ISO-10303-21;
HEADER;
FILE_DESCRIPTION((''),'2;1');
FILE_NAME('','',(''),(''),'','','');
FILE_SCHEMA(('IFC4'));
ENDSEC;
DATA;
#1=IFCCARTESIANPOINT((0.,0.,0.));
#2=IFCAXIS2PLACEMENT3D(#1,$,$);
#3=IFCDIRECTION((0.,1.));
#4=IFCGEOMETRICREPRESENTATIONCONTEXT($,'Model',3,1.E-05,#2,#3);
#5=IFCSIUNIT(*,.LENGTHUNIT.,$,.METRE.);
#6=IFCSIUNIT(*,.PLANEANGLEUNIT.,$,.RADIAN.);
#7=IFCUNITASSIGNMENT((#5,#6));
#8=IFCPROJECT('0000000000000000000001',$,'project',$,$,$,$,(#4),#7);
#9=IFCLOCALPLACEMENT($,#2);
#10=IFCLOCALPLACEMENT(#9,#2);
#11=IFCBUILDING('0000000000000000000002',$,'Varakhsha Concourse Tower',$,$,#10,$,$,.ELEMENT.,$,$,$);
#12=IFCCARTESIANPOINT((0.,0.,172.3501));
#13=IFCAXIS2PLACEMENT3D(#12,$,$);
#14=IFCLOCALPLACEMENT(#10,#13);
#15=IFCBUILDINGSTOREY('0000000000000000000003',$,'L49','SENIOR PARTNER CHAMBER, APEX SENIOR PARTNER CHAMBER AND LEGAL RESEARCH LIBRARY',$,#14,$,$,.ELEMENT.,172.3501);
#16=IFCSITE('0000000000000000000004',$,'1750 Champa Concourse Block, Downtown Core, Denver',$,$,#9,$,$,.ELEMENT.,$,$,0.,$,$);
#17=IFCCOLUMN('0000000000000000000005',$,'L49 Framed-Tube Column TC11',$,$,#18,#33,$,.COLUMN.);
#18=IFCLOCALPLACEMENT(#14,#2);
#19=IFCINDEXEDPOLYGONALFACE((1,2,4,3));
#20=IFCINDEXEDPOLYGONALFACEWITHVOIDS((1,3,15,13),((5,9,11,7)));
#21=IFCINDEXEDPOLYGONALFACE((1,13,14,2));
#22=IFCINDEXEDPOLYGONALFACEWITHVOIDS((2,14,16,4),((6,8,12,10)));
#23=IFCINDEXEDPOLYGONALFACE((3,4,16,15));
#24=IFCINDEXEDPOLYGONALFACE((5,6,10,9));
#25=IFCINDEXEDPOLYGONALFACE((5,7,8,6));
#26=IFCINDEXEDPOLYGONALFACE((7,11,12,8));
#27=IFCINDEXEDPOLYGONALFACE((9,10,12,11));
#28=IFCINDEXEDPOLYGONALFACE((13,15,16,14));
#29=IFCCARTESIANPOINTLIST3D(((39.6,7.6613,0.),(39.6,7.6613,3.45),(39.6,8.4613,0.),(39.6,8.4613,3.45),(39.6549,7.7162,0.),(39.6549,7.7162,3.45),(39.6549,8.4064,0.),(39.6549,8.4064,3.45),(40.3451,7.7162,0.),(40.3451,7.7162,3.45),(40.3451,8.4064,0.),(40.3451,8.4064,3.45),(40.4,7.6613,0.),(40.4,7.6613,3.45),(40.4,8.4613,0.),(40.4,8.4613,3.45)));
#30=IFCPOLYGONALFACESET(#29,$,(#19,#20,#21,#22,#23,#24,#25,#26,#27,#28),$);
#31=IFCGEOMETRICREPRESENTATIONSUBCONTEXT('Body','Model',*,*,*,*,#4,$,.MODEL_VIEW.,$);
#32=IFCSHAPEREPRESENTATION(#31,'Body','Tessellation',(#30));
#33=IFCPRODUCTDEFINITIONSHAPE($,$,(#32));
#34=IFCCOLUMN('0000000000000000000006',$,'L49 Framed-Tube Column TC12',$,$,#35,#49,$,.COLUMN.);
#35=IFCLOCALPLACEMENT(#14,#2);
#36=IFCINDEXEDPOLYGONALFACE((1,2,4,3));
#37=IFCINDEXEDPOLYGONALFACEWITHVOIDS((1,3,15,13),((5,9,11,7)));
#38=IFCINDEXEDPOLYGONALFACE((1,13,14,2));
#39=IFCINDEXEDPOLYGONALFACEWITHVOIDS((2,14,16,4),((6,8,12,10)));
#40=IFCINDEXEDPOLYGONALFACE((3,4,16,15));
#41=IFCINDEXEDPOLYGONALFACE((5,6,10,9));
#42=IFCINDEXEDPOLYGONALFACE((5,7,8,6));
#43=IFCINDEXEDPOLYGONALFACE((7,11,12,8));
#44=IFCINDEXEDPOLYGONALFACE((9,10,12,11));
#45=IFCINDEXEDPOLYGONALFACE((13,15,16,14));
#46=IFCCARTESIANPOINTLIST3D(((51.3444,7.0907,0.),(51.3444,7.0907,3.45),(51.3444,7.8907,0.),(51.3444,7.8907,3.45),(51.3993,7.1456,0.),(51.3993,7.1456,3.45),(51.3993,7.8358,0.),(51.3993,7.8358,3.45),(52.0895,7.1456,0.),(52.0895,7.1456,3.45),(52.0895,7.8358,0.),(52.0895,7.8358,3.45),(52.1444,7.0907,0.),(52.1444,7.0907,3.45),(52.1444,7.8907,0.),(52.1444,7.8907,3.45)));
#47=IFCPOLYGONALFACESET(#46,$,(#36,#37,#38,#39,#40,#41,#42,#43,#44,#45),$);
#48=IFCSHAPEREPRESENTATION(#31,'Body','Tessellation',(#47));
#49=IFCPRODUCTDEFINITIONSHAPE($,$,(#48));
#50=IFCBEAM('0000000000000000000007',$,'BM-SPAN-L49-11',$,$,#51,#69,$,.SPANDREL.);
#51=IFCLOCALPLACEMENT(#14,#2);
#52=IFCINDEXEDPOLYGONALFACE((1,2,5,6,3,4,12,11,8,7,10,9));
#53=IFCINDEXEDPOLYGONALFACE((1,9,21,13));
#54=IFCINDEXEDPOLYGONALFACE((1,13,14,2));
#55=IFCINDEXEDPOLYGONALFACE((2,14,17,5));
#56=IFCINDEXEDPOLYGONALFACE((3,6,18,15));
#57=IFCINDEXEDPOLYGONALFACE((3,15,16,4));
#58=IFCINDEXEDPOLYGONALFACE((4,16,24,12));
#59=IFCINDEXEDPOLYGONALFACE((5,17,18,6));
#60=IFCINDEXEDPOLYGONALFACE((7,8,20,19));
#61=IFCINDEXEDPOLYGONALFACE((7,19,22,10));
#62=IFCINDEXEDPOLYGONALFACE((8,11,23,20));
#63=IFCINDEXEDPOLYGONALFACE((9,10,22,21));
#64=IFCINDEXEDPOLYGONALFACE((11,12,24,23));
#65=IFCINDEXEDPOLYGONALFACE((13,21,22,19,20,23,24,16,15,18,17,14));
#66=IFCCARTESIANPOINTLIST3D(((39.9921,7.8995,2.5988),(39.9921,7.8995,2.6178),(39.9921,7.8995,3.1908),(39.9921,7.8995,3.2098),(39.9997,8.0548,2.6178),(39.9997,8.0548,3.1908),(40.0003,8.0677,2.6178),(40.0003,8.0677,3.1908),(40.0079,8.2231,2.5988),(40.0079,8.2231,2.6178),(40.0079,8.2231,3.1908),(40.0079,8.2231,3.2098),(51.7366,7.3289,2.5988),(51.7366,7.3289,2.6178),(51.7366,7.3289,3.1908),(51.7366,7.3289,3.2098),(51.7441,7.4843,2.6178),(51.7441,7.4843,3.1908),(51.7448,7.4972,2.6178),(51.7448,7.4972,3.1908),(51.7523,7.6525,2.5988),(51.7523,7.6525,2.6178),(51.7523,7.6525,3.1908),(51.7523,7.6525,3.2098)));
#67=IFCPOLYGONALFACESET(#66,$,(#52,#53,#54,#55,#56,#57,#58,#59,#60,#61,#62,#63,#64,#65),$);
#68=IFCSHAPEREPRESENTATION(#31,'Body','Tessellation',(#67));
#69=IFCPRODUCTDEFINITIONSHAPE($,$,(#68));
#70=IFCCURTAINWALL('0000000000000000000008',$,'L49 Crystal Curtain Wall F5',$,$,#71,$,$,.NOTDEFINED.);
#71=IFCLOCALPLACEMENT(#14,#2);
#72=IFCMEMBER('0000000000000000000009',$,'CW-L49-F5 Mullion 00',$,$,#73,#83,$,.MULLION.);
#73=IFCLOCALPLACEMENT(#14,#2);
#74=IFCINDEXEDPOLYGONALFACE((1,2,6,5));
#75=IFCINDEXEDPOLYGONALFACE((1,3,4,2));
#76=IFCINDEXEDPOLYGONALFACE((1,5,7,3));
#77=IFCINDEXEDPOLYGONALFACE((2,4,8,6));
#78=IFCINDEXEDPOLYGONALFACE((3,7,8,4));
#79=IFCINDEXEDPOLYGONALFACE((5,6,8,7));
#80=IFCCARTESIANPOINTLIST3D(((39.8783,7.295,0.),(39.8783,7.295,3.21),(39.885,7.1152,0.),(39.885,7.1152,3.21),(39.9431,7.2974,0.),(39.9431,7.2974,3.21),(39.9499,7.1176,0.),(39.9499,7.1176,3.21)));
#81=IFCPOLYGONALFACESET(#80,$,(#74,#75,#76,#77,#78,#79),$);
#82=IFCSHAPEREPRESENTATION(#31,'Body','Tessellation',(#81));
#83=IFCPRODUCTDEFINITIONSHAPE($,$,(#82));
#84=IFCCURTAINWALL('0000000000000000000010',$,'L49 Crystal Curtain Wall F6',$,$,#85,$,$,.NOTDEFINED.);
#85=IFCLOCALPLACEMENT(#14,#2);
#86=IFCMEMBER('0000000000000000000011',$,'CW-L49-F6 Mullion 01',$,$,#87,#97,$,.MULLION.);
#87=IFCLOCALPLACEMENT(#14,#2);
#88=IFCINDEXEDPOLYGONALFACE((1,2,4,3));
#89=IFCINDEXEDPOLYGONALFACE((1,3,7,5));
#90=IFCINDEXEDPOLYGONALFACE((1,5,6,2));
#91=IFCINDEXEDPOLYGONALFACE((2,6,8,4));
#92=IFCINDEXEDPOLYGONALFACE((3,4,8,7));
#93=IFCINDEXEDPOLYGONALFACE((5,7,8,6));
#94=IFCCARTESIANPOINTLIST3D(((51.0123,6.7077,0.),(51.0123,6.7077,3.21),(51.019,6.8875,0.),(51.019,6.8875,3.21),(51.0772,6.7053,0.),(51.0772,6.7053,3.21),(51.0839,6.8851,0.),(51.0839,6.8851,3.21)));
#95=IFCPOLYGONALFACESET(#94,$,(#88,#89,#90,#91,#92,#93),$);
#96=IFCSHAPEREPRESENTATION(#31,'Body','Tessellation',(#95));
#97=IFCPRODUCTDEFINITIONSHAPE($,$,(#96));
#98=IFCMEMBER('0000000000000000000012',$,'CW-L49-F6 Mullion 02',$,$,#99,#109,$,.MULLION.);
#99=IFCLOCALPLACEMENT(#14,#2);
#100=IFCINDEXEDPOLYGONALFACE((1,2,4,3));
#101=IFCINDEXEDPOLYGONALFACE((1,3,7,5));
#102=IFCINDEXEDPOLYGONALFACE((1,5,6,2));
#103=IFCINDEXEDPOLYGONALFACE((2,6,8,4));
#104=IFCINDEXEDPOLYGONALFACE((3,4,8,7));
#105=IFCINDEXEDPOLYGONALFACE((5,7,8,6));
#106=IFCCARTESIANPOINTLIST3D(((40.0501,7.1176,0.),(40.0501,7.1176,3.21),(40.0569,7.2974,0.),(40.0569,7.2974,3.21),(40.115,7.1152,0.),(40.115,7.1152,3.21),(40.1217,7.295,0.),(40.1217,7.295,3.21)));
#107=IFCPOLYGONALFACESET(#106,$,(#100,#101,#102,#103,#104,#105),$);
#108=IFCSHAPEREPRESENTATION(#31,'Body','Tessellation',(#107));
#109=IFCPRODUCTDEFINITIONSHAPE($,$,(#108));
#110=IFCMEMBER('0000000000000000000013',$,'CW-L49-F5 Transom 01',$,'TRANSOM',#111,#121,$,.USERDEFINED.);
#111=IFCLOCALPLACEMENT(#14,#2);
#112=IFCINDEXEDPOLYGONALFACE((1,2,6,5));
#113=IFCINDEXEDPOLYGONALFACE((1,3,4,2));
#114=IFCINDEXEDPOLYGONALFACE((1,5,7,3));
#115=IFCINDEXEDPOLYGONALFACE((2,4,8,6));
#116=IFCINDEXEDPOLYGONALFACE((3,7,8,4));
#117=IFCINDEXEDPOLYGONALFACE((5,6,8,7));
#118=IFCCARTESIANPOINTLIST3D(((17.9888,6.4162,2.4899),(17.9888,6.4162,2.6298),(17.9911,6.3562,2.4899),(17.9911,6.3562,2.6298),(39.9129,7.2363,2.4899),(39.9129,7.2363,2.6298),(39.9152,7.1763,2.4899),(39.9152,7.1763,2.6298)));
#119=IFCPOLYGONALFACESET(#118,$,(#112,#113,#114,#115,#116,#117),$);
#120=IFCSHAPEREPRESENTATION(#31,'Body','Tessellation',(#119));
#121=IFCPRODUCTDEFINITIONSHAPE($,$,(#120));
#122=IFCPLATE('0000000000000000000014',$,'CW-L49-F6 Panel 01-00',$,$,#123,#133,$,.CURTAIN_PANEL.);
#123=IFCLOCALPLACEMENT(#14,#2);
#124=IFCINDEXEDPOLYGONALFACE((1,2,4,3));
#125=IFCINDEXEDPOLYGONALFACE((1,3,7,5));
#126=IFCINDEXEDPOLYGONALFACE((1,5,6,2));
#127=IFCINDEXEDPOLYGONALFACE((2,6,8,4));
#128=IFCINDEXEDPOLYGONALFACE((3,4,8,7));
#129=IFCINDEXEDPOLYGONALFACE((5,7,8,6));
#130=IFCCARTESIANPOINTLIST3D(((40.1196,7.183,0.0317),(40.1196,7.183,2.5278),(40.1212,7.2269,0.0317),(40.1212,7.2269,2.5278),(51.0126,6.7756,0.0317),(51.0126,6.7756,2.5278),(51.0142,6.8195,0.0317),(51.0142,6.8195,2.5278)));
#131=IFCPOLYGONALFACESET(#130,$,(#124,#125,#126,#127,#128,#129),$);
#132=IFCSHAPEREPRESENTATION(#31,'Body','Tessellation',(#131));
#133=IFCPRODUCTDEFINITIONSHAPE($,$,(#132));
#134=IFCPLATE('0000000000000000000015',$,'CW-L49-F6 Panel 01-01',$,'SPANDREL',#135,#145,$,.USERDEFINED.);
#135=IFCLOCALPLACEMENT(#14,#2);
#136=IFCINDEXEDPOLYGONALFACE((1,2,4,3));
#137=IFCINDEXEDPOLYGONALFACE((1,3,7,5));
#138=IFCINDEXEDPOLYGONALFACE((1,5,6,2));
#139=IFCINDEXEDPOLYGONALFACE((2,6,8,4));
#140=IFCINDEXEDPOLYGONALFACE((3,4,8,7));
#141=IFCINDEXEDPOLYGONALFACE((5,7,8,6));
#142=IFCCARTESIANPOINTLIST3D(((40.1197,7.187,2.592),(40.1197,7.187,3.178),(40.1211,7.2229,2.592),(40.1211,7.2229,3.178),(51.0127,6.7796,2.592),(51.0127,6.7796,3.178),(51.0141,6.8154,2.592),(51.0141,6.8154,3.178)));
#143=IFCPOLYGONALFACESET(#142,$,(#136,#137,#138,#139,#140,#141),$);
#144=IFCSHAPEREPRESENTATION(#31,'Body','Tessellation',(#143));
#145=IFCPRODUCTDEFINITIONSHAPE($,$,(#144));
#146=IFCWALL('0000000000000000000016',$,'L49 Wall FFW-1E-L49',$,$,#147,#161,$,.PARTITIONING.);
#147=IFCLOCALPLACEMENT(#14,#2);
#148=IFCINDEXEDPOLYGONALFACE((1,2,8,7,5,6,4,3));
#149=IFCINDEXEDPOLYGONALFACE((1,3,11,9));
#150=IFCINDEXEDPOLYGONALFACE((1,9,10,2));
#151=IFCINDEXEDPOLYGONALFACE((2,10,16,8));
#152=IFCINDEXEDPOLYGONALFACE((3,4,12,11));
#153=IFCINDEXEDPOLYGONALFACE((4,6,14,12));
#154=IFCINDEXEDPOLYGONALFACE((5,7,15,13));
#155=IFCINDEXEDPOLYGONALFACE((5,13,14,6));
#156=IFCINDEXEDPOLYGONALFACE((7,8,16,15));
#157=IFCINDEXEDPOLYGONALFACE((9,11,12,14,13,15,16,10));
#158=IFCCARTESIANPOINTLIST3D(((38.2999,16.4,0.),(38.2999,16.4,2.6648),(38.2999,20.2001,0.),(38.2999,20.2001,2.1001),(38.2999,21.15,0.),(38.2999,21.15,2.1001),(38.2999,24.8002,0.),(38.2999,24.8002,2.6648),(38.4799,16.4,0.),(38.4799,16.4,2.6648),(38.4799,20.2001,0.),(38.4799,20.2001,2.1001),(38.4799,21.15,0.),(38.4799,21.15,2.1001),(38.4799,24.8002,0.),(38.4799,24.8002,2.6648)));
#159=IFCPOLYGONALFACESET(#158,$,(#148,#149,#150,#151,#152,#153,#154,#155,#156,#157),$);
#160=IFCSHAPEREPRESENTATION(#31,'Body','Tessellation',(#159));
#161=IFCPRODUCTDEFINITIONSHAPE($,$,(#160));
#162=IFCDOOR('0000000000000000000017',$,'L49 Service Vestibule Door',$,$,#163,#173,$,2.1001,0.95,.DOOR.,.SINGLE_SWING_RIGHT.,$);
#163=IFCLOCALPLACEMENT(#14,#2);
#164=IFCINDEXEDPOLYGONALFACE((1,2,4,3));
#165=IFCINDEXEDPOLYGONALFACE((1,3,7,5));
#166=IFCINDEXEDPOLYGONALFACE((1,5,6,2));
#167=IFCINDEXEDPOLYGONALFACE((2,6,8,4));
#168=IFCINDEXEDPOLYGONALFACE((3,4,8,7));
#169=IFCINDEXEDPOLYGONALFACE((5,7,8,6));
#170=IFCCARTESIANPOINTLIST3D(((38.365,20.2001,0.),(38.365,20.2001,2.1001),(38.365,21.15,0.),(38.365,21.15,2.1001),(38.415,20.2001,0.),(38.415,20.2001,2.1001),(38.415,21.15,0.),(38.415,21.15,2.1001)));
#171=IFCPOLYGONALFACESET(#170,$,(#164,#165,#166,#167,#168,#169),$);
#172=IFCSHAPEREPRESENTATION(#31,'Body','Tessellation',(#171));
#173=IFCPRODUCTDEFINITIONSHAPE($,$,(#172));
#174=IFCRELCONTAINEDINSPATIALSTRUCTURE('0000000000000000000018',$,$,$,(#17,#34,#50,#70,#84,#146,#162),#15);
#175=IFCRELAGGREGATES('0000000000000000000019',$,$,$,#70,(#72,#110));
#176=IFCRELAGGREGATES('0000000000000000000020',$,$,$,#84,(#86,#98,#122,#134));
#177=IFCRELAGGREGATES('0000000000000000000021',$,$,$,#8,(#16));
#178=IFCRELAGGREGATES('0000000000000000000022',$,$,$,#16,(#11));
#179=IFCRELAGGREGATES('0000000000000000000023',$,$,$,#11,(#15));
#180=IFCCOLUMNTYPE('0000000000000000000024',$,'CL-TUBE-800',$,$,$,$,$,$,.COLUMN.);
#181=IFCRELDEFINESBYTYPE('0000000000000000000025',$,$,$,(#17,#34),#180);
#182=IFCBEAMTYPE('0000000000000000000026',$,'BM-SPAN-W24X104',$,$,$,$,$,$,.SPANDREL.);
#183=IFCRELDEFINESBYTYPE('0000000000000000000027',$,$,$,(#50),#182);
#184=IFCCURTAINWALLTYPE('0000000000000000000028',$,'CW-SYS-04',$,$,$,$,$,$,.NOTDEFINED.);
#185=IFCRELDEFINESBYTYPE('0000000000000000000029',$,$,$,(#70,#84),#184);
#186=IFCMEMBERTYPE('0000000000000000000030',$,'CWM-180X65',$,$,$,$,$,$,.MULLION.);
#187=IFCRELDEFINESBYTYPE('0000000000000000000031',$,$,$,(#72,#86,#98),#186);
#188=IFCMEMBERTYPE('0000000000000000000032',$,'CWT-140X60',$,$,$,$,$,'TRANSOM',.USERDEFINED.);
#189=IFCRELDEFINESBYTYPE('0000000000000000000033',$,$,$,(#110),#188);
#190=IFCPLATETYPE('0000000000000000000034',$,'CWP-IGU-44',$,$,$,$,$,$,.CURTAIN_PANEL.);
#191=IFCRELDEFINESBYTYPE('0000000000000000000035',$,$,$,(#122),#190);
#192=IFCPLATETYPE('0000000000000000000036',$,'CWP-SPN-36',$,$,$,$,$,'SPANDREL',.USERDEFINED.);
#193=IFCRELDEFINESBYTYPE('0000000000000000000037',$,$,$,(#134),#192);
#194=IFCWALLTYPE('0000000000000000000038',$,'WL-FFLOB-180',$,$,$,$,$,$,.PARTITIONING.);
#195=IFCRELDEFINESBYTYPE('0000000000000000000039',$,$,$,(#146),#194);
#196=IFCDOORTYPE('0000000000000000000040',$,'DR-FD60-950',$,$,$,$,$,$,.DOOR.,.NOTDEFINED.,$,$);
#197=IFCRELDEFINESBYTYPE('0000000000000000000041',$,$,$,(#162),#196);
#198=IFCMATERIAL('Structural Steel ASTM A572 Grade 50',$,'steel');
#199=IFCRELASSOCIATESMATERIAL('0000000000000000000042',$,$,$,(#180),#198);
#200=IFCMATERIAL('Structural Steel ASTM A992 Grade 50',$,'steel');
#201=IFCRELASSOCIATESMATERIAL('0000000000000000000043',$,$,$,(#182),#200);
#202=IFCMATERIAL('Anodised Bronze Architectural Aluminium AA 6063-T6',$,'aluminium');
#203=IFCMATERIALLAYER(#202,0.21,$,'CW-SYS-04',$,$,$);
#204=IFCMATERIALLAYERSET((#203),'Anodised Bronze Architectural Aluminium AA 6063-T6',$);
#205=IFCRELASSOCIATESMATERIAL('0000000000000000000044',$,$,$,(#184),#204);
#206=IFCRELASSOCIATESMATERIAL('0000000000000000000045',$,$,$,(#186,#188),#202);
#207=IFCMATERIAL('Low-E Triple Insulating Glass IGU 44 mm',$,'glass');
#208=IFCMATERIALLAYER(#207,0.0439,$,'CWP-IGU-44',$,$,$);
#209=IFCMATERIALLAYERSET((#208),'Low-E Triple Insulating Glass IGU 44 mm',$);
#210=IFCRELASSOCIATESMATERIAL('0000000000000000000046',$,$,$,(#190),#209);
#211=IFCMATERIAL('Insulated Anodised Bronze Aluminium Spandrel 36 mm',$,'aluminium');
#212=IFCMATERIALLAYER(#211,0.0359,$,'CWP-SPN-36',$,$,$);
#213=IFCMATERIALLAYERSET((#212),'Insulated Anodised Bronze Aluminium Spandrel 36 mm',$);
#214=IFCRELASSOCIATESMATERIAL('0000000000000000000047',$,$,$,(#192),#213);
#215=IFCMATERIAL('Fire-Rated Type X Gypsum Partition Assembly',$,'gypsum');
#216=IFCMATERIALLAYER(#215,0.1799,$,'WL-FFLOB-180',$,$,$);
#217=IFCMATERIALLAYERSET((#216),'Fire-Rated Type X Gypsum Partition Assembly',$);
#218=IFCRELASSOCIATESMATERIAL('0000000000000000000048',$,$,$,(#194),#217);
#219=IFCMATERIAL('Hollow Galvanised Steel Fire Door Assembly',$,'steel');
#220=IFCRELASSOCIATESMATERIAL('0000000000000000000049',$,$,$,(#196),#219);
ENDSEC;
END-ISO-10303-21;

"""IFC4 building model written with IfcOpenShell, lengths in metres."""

from ifc_helpers import new_model, si_unit, direction, frame, frame_2d, origin, origin_2d, place, context, subcontext, project, spatial, rectangle, hollow_rectangle, i_section, extrude, source, transform, mapped, material, layer, layer_set, material_profile, profile_set, type_object, type_shapes, element, fill, aggregate, save


model = new_model("IFC4")

# Units and contexts
model_context = context("Model", 3, precision=1e-05, world=origin(), true_north=direction((0.0, 1.0)))
body_context = subcontext(model_context, "Body", "Model", "MODEL_VIEW")
ifc_project = project(units=[si_unit("LENGTHUNIT", "METRE"), si_unit("PLANEANGLEUNIT", "RADIAN")], contexts=[model_context])

# Site, building, storey
site_placement = place(None, origin())
site = spatial("IfcSite", under=ifc_project, at=site_placement, Name="1750 Champa Concourse Block, Downtown Core, Denver", CompositionType="ELEMENT", RefElevation=0.0)
building_placement = place(site_placement, origin())
building = spatial("IfcBuilding", under=site, at=building_placement, Name="Varakhsha Concourse Tower", CompositionType="ELEMENT")
storey_placement = place(building_placement, frame((0.0, 0.0, 172.3501)))
storey = spatial("IfcBuildingStorey", under=building, at=storey_placement, Name="L49", Description="SENIOR PARTNER CHAMBER, APEX SENIOR PARTNER CHAMBER AND LEGAL RESEARCH LIBRARY", CompositionType="ELEMENT", Elevation=172.3501)

# Columns
ifc_material_1 = material(Name="Structural Steel ASTM A572 Grade 50", Category="steel")
ifc_material_profile_1 = material_profile(ifc_material_1, hollow_rectangle(XDim=0.8, YDim=0.8, WallThickness=0.0549, at=origin_2d()), Name="BOX 800x800x55")
ifc_profile_set_1 = profile_set([ifc_material_profile_1], Name="Structural Steel ASTM A572 Grade 50")
column_type = type_object("IfcColumnType", Name="CL-TUBE-800", PredefinedType="COLUMN", material=ifc_profile_set_1)
for number, where, z_axis, x_axis, name in (
    (1, (40.0, 8.0613, 0.0), (0.0, 0.0, 1.0), (1.0, 0.0, 0.0), "L49 Framed-Tube Column TC11"),
    (2, (51.7444, 7.4907, 0.0), (0.0, 0.0, 1.0), (1.0, 0.0, 0.0), "L49 Framed-Tube Column TC12"),
):
    element("IfcColumn", number, at=place(storey_placement, frame(where, z_axis=z_axis, x_axis=x_axis)), inside=storey, type_object=column_type, Name=name, PredefinedType="COLUMN", context=body_context, shape_type="SweptSolid", body=[
        extrude(hollow_rectangle(XDim=0.8, YDim=0.8, WallThickness=0.0549, at=origin_2d()), origin(), (0.0, 0.0, 1.0), 3.45),
    ])

# Beam
ifc_material_2 = material(Name="Structural Steel ASTM A992 Grade 50", Category="steel")
ifc_material_profile_2 = material_profile(ifc_material_2, i_section(OverallWidth=0.324, OverallDepth=0.6111, WebThickness=0.0129, FlangeThickness=0.019, at=origin_2d()), Name="W24X104")
ifc_profile_set_2 = profile_set([ifc_material_profile_2], Name="Structural Steel ASTM A992 Grade 50")
beam_type = type_object("IfcBeamType", Name="BM-SPAN-W24X104", PredefinedType="SPANDREL", material=ifc_profile_set_2)
beam_placement = place(storey_placement, frame((40.0, 8.0613, 2.9043), z_axis=(0.998822, -0.048524, 0.0), x_axis=(0.048524, 0.998822, 0.0)))
element("IfcBeam", 3, at=beam_placement, inside=storey, type_object=beam_type, Name="BM-SPAN-L49-11", PredefinedType="SPANDREL", context=body_context, shape_type="SweptSolid", body=[
    extrude(i_section(OverallWidth=0.324, OverallDepth=0.6111, WebThickness=0.0129, FlangeThickness=0.019, at=origin_2d()), origin(), (0.0, 0.0, 1.0), 11.7583),
])

# Curtain wall, member
ifc_material_3 = material(Name="Anodised Bronze Architectural Aluminium AA 6063-T6", Category="aluminium")
ifc_layer_1 = layer(ifc_material_3, 0.21, Name="CW-SYS-04")
ifc_layer_set_1 = layer_set([ifc_layer_1], Name="Anodised Bronze Architectural Aluminium AA 6063-T6")
curtain_wall_type = type_object("IfcCurtainWallType", Name="CW-SYS-04", PredefinedType="NOTDEFINED", material=ifc_layer_set_1)
curtain_wall_1_placement = place(storey_placement, origin())
curtain_wall_1 = element("IfcCurtainWall", 4, at=curtain_wall_1_placement, inside=storey, type_object=curtain_wall_type, Name="L49 Crystal Curtain Wall F5", PredefinedType="NOTDEFINED")
ifc_material_profile_3 = material_profile(ifc_material_3, rectangle(XDim=0.0649, YDim=0.1799, at=origin_2d()), Name="CWM-180X65")
ifc_profile_set_3 = profile_set([ifc_material_profile_3], Name="Anodised Bronze Architectural Aluminium AA 6063-T6")
member_type_1 = type_object("IfcMemberType", Name="CWM-180X65", PredefinedType="MULLION", material=ifc_profile_set_3)
shared_shape_1 = source(origin(), body_context, "Body", "SweptSolid", [
    extrude(rectangle(XDim=0.0649, YDim=0.1799, at=origin_2d()), origin(), (0.0, 0.0, 1.0), 3.21),
])
type_shapes(member_type_1, [shared_shape_1])
member_1_placement = place(storey_placement, frame((39.9141, 7.2063, 0.0), z_axis=(0.0, 0.0, 1.0), x_axis=(-0.999301, -0.037376, 0.0)))
member_1 = element("IfcMember", 5, at=member_1_placement, type_object=member_type_1, Name="CW-L49-F5 Mullion 00", PredefinedType="MULLION", context=body_context, shape_type="MappedRepresentation", body=[
    mapped(shared_shape_1, transform((0.0, 0.0, 0.0), scale=1.0)),
])

# Curtain wall, members
curtain_wall_2_placement = place(storey_placement, origin())
curtain_wall_2 = element("IfcCurtainWall", 6, at=curtain_wall_2_placement, inside=storey, type_object=curtain_wall_type, Name="L49 Crystal Curtain Wall F6", PredefinedType="NOTDEFINED")
member_2_placement = place(storey_placement, frame((51.0481, 6.7964, 0.0), z_axis=(0.0, 0.0, 1.0), x_axis=(-0.999301, 0.037376, 0.0)))
member_2 = element("IfcMember", 7, at=member_2_placement, type_object=member_type_1, Name="CW-L49-F6 Mullion 01", PredefinedType="MULLION", context=body_context, shape_type="MappedRepresentation", body=[
    mapped(shared_shape_1, transform((0.0, 0.0, 0.0), scale=1.0)),
])
member_3_placement = place(storey_placement, frame((40.0859, 7.2063, 0.0), z_axis=(0.0, 0.0, 1.0), x_axis=(-0.999301, 0.037376, 0.0)))
member_3 = element("IfcMember", 8, at=member_3_placement, type_object=member_type_1, Name="CW-L49-F6 Mullion 02", PredefinedType="MULLION", context=body_context, shape_type="MappedRepresentation", body=[
    mapped(shared_shape_1, transform((0.0, 0.0, 0.0), scale=1.0)),
])

# Member
ifc_material_profile_4 = material_profile(ifc_material_3, rectangle(XDim=0.0601, YDim=0.1399, at=origin_2d()), Name="CWT-140X60")
ifc_profile_set_4 = profile_set([ifc_material_profile_4], Name="Anodised Bronze Architectural Aluminium AA 6063-T6")
member_type_2 = type_object("IfcMemberType", Name="CWT-140X60", ElementType="TRANSOM", PredefinedType="USERDEFINED", material=ifc_profile_set_4)
shared_shape_2 = source(origin(), body_context, "Body", "SweptSolid", [
    extrude(rectangle(XDim=0.0601, YDim=0.1399, at=origin_2d()), origin(), (0.0, 0.0, 1.0), 21.9395),
])
type_shapes(member_type_2, [shared_shape_2])
member_4_placement = place(storey_placement, frame((39.9141, 7.2063, 2.5598), z_axis=(-0.999301, -0.037379, 0.0), x_axis=(0.037379, -0.999301, 0.0)))
member_4 = element("IfcMember", 9, at=member_4_placement, type_object=member_type_2, Name="CW-L49-F5 Transom 01", ObjectType="TRANSOM", PredefinedType="USERDEFINED", context=body_context, shape_type="MappedRepresentation", body=[
    mapped(shared_shape_2, transform((0.0, 0.0, 0.0), scale=1.0)),
])
aggregate(curtain_wall_1, [member_1, member_4])

# Plates
ifc_material_4 = material(Name="Low-E Triple Insulating Glass IGU 44 mm", Category="glass")
ifc_layer_2 = layer(ifc_material_4, 0.0439, Name="CWP-IGU-44")
ifc_layer_set_2 = layer_set([ifc_layer_2], Name="Low-E Triple Insulating Glass IGU 44 mm")
plate_type_1 = type_object("IfcPlateType", Name="CWP-IGU-44", PredefinedType="CURTAIN_PANEL", material=ifc_layer_set_2)
shared_shape_3 = source(origin(), body_context, "Body", "SweptSolid", [
    extrude(rectangle(XDim=10.9006, YDim=0.0439, at=origin_2d()), origin(), (0.0, 0.0, 1.0), 2.4961),
])
type_shapes(plate_type_1, [shared_shape_3])
plate_1_placement = place(storey_placement, frame((45.5669, 7.0012, 0.0317), z_axis=(0.0, 0.0, 1.0), x_axis=(-0.999301, 0.037376, 0.0)))
plate_1 = element("IfcPlate", 10, at=plate_1_placement, type_object=plate_type_1, Name="CW-L49-F6 Panel 01-00", PredefinedType="CURTAIN_PANEL", context=body_context, shape_type="MappedRepresentation", body=[
    mapped(shared_shape_3, transform((0.0, 0.0, 0.0), scale=1.0)),
])
ifc_material_5 = material(Name="Insulated Anodised Bronze Aluminium Spandrel 36 mm", Category="aluminium")
ifc_layer_3 = layer(ifc_material_5, 0.0359, Name="CWP-SPN-36")
ifc_layer_set_3 = layer_set([ifc_layer_3], Name="Insulated Anodised Bronze Aluminium Spandrel 36 mm")
plate_type_2 = type_object("IfcPlateType", Name="CWP-SPN-36", ElementType="SPANDREL", PredefinedType="USERDEFINED", material=ifc_layer_set_3)
shared_shape_4 = source(origin(), body_context, "Body", "SweptSolid", [
    extrude(rectangle(XDim=10.9006, YDim=0.0359, at=origin_2d()), origin(), (0.0, 0.0, 1.0), 0.5859),
])
type_shapes(plate_type_2, [shared_shape_4])
plate_2_placement = place(storey_placement, frame((45.5669, 7.0012, 2.592), z_axis=(0.0, 0.0, 1.0), x_axis=(-0.999301, 0.037376, 0.0)))
plate_2 = element("IfcPlate", 11, at=plate_2_placement, type_object=plate_type_2, Name="CW-L49-F6 Panel 01-01", ObjectType="SPANDREL", PredefinedType="USERDEFINED", context=body_context, shape_type="MappedRepresentation", body=[
    mapped(shared_shape_4, transform((0.0, 0.0, 0.0), scale=1.0)),
])
aggregate(curtain_wall_2, [member_2, member_3, plate_1, plate_2])

# Wall, opening, door
ifc_material_6 = material(Name="Fire-Rated Type X Gypsum Partition Assembly", Category="gypsum")
ifc_layer_4 = layer(ifc_material_6, 0.1799, Name="WL-FFLOB-180")
ifc_layer_set_4 = layer_set([ifc_layer_4], Name="Fire-Rated Type X Gypsum Partition Assembly")
wall_type_1 = type_object("IfcWallType", Name="WL-FFLOB-180", PredefinedType="PARTITIONING", material=ifc_layer_set_4)
wall_1_placement = place(storey_placement, frame((38.3899, 16.3999, 0.0), z_axis=(0.0, 0.0, 1.0), x_axis=(0.0, 1.0, 0.0)))
wall_1 = element("IfcWall", 12, at=wall_1_placement, inside=storey, type_object=wall_type_1, Name="L49 Wall FFW-1E-L49", PredefinedType="PARTITIONING", context=body_context, shape_type="SweptSolid", body=[
    extrude(rectangle(XDim=8.4001, YDim=0.1799, at=frame_2d((4.2002, 0.0))), origin(), (0.0, 0.0, 1.0), 2.6648),
])
opening_placement = place(wall_1_placement, frame((3.8, 0.0, 0.0)))
opening = element("IfcOpeningElement", 13, at=opening_placement, cuts=wall_1, PredefinedType="OPENING", context=body_context, shape_type="SweptSolid", body=[
    extrude(rectangle(XDim=0.95, YDim=2.1001, at=frame_2d((0.4751, 1.05))), frame((0.0, 0.0999, 0.0), z_axis=(0.0, -1.0, 0.0), x_axis=(1.0, 0.0, 0.0)), (0.0, 0.0, 1.0), 0.2),
])
ifc_material_7 = material(Name="Hollow Galvanised Steel Fire Door Assembly", Category="steel")
door_type = type_object("IfcDoorType", Name="DR-FD60-950", OperationType="NOTDEFINED", PredefinedType="DOOR", material=ifc_material_7)
door_placement = place(opening_placement, origin())
door = element("IfcDoor", 14, at=door_placement, inside=storey, type_object=door_type, Name="L49 Service Vestibule Door", OperationType="SINGLE_SWING_RIGHT", OverallHeight=2.1001, OverallWidth=0.95, PredefinedType="DOOR", context=body_context, shape_type="SweptSolid", body=[
    extrude(rectangle(XDim=0.95, YDim=2.1001, at=frame_2d((0.4751, 1.05))), frame((0.0, 0.0249, 0.0), z_axis=(0.0, -1.0, 0.0), x_axis=(1.0, 0.0, 0.0)), (0.0, 0.0, 1.0), 0.05),
])
fill(opening, door)

save(model, "model.ifc")
